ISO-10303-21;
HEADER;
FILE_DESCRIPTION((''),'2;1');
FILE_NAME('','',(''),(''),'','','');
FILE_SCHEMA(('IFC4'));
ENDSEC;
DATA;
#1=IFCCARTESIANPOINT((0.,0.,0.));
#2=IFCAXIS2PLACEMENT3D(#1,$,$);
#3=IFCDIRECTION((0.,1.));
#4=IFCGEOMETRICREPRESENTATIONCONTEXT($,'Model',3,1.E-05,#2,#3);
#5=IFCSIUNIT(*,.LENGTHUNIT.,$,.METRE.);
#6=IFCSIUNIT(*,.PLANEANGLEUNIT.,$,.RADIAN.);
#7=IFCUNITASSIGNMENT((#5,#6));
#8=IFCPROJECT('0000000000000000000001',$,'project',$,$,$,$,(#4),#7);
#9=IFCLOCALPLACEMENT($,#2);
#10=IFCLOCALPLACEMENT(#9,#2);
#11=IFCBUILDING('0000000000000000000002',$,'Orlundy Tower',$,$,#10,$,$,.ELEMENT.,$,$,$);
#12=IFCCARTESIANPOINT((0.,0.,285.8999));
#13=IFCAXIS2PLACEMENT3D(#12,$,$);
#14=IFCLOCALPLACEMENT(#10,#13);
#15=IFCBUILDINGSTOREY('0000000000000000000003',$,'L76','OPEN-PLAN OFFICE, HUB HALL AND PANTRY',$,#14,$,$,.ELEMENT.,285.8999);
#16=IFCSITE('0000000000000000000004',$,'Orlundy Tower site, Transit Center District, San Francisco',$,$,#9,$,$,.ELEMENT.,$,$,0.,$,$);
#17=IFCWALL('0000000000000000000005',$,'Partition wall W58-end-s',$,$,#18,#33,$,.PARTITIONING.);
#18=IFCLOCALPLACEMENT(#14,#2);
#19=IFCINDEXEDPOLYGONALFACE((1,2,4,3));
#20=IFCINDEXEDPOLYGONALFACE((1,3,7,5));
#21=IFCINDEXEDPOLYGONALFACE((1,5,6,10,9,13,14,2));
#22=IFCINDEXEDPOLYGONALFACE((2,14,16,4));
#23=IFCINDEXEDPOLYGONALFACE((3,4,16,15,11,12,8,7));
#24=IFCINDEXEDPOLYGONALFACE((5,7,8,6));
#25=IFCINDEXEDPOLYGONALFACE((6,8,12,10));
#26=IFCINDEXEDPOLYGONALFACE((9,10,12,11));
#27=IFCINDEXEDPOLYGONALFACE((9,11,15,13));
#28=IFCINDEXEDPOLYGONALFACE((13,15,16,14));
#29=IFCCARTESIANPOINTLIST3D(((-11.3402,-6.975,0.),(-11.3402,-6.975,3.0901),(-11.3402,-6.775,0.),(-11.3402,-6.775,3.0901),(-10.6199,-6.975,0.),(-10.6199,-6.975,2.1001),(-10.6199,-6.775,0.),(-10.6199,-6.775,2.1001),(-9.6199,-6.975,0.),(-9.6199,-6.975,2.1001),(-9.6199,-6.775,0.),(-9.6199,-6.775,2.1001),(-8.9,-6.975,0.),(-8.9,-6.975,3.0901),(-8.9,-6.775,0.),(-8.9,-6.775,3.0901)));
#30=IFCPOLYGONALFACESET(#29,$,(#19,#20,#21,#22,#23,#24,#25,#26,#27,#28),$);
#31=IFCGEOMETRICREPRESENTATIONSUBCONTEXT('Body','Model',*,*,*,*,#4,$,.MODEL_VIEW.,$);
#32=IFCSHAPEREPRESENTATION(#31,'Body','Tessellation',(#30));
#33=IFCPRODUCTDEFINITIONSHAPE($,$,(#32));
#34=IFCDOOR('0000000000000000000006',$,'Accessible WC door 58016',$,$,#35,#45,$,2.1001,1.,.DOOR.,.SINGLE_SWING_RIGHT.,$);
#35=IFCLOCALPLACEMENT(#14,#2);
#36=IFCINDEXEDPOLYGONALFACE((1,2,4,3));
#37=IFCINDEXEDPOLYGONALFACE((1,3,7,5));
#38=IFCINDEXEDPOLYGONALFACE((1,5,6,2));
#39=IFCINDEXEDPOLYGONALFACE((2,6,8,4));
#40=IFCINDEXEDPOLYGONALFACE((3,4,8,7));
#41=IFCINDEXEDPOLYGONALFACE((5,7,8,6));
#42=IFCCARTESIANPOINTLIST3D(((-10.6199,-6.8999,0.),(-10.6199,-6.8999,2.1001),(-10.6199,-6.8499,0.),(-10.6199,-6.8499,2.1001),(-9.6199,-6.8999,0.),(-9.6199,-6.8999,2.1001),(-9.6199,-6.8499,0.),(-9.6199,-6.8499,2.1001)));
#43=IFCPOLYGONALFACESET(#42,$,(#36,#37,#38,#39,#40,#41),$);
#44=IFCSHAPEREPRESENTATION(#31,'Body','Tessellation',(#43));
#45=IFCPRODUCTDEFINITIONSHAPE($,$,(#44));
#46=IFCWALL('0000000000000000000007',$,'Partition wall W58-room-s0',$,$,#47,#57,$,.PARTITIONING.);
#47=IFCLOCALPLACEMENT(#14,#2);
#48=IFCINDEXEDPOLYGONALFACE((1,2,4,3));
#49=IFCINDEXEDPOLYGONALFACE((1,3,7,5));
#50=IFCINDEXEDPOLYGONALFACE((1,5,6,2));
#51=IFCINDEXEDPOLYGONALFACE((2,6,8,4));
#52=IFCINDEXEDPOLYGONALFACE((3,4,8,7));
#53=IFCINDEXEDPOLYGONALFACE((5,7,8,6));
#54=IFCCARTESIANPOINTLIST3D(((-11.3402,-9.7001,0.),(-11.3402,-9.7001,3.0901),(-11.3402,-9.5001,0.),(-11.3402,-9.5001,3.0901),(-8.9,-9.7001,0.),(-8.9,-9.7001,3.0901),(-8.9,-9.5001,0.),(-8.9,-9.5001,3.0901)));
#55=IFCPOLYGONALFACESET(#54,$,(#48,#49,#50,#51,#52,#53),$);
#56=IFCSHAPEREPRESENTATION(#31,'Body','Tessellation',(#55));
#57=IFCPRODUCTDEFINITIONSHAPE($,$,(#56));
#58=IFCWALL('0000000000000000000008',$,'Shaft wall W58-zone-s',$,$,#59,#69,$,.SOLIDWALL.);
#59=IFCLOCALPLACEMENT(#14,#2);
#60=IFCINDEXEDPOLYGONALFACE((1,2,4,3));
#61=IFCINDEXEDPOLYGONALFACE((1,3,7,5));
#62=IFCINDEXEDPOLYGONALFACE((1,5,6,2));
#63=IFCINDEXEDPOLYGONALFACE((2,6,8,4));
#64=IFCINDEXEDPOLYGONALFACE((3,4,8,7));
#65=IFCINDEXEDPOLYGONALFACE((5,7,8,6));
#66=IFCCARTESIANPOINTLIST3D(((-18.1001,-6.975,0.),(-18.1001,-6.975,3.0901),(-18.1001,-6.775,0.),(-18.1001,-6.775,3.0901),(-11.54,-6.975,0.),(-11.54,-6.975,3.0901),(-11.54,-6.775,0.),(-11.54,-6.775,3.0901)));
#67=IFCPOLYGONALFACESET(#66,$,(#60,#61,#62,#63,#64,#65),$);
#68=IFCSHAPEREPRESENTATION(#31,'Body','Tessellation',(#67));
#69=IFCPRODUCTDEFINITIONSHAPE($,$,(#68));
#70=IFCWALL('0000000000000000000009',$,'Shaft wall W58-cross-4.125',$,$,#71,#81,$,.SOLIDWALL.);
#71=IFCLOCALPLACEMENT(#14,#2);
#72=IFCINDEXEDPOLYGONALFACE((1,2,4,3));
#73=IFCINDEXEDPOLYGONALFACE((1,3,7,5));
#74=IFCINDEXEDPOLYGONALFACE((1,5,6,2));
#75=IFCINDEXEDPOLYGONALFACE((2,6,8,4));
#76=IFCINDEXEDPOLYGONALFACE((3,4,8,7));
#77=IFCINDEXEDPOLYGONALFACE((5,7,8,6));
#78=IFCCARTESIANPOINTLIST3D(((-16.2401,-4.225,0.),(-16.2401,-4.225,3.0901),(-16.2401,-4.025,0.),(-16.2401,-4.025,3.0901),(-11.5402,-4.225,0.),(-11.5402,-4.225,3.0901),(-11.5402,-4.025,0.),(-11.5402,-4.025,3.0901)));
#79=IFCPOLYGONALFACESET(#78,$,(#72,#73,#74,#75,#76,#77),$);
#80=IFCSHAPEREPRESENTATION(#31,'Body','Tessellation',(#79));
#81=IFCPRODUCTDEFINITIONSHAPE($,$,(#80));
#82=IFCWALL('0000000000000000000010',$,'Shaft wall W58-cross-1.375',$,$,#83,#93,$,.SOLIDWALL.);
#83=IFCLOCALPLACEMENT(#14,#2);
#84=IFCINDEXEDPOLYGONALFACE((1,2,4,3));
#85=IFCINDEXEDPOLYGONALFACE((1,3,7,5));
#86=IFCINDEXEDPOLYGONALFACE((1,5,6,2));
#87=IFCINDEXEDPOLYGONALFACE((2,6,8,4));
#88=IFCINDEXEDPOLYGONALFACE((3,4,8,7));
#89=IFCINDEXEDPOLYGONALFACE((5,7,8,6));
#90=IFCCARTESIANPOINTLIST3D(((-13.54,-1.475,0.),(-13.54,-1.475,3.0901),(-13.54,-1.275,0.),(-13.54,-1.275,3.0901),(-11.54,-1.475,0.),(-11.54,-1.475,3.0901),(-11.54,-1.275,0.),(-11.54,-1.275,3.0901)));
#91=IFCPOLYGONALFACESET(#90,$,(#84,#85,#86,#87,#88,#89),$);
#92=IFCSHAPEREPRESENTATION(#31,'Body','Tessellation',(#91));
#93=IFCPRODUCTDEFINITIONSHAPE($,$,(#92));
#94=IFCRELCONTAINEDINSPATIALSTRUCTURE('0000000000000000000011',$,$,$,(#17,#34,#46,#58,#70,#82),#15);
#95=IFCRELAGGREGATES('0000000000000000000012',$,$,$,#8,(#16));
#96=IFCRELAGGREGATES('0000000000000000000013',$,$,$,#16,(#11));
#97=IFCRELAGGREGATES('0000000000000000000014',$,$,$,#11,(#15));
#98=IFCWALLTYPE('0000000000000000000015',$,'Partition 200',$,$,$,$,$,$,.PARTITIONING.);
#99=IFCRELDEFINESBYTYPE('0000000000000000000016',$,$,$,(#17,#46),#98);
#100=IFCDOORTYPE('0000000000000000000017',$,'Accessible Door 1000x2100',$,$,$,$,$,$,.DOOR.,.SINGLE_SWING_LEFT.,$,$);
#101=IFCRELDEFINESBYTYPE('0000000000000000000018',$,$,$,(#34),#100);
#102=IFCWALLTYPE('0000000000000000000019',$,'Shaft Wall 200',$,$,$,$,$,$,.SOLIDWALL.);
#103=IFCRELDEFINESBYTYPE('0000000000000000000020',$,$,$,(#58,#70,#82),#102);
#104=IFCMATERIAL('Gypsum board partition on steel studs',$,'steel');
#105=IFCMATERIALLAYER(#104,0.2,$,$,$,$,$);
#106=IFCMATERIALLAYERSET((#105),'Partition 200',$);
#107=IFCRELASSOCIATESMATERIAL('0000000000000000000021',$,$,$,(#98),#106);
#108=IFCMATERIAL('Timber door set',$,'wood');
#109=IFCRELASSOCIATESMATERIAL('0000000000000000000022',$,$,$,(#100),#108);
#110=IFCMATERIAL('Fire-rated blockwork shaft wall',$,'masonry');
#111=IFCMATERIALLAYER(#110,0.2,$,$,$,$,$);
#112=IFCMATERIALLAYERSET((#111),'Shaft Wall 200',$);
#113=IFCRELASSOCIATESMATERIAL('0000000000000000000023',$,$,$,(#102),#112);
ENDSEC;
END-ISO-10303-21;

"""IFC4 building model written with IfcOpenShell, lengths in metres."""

from ifc_helpers import new_model, si_unit, direction, frame, frame_2d, origin, place, context, subcontext, project, spatial, rectangle, extrude, material, layer, layer_set, type_object, element, fill, save


model = new_model("IFC4")

# Units and contexts
model_context = context("Model", 3, precision=1e-05, world=origin(), true_north=direction((0.0, 1.0)))
body_context = subcontext(model_context, "Body", "Model", "MODEL_VIEW")
ifc_project = project(units=[si_unit("LENGTHUNIT", "METRE"), si_unit("PLANEANGLEUNIT", "RADIAN")], contexts=[model_context])

# Site, building, storey
site_placement = place(None, origin())
site = spatial("IfcSite", under=ifc_project, at=site_placement, Name="Orlundy Tower site, Transit Center District, San Francisco", CompositionType="ELEMENT", RefElevation=0.0)
building_placement = place(site_placement, origin())
building = spatial("IfcBuilding", under=site, at=building_placement, Name="Orlundy Tower", CompositionType="ELEMENT")
storey_placement = place(building_placement, frame((0.0, 0.0, 285.8999)))
storey = spatial("IfcBuildingStorey", under=building, at=storey_placement, Name="L76", Description="OPEN-PLAN OFFICE, HUB HALL AND PANTRY", CompositionType="ELEMENT", Elevation=285.8999)

# Wall, opening, door
ifc_material_1 = material(Name="Gypsum board partition on steel studs", Category="steel")
ifc_layer_1 = layer(ifc_material_1, 0.2)
ifc_layer_set_1 = layer_set([ifc_layer_1], Name="Partition 200")
wall_type_1 = type_object("IfcWallType", Name="Partition 200", PredefinedType="PARTITIONING", material=ifc_layer_set_1)
wall_1_placement = place(storey_placement, frame((-8.8999, -6.875, 0.0), z_axis=(0.0, 0.0, 1.0), x_axis=(-1.0, 0.0, 0.0)))
wall_1 = element("IfcWall", 1, at=wall_1_placement, inside=storey, type_object=wall_type_1, Name="Partition wall W58-end-s", PredefinedType="PARTITIONING", context=body_context, shape_type="SweptSolid", body=[
    extrude(rectangle(XDim=2.4402, YDim=0.2, at=frame_2d((1.2202, 0.0))), origin(), (0.0, 0.0, 1.0), 3.0901),
])
opening_1_placement = place(wall_1_placement, frame((0.72, 0.0, 0.0)))
opening_1 = element("IfcOpeningElement", 2, at=opening_1_placement, cuts=wall_1, PredefinedType="OPENING", context=body_context, shape_type="SweptSolid", body=[
    extrude(rectangle(XDim=1.0, YDim=2.1001, at=frame_2d((0.5, 1.05))), frame((0.0, 0.1101, 0.0), z_axis=(0.0, -1.0, 0.0), x_axis=(1.0, 0.0, 0.0)), (0.0, 0.0, 1.0), 0.2202),
])
ifc_material_2 = material(Name="Timber door set", Category="wood")
door_type_1 = type_object("IfcDoorType", Name="Accessible Door 1000x2100", OperationType="SINGLE_SWING_LEFT", PredefinedType="DOOR", material=ifc_material_2)
door_1_placement = place(opening_1_placement, origin())
door_1 = element("IfcDoor", 3, at=door_1_placement, inside=storey, type_object=door_type_1, Name="Accessible WC door 58016", OperationType="SINGLE_SWING_RIGHT", OverallHeight=2.1001, OverallWidth=1.0, PredefinedType="DOOR", context=body_context, shape_type="SweptSolid", body=[
    extrude(rectangle(XDim=1.0, YDim=2.1001, at=frame_2d((0.5, 1.05))), frame((0.0, 0.0249, 0.0), z_axis=(0.0, -1.0, 0.0), x_axis=(1.0, 0.0, 0.0)), (0.0, 0.0, 1.0), 0.05),
])
fill(opening_1, door_1)

# Walls
wall_2_placement = place(storey_placement, frame((-8.8999, -9.6001, 0.0), z_axis=(0.0, 0.0, 1.0), x_axis=(-1.0, 0.0, 0.0)))
element("IfcWall", 4, at=wall_2_placement, inside=storey, type_object=wall_type_1, Name="Partition wall W58-room-s0", PredefinedType="PARTITIONING", context=body_context, shape_type="SweptSolid", body=[
    extrude(rectangle(XDim=2.4402, YDim=0.2, at=frame_2d((1.2202, 0.0))), origin(), (0.0, 0.0, 1.0), 3.0901),
])
ifc_material_3 = material(Name="Fire-rated blockwork shaft wall", Category="masonry")
ifc_layer_2 = layer(ifc_material_3, 0.2)
ifc_layer_set_2 = layer_set([ifc_layer_2], Name="Shaft Wall 200")
wall_type_2 = type_object("IfcWallType", Name="Shaft Wall 200", PredefinedType="SOLIDWALL", material=ifc_layer_set_2)
wall_3_placement = place(storey_placement, frame((-11.54, -6.875, 0.0), z_axis=(0.0, 0.0, 1.0), x_axis=(-1.0, 0.0, 0.0)))
element("IfcWall", 5, at=wall_3_placement, inside=storey, type_object=wall_type_2, Name="Shaft wall W58-zone-s", PredefinedType="SOLIDWALL", context=body_context, shape_type="SweptSolid", body=[
    extrude(rectangle(XDim=6.5601, YDim=0.2, at=frame_2d((3.28, 0.0))), origin(), (0.0, 0.0, 1.0), 3.0901),
])
wall_4_placement = place(storey_placement, frame((-11.54, -4.125, 0.0), z_axis=(0.0, 0.0, 1.0), x_axis=(-1.0, 0.0, 0.0)))
element("IfcWall", 6, at=wall_4_placement, inside=storey, type_object=wall_type_2, Name="Shaft wall W58-cross-4.125", PredefinedType="SOLIDWALL", context=body_context, shape_type="SweptSolid", body=[
    extrude(rectangle(XDim=4.7, YDim=0.2, at=frame_2d((2.3501, 0.0))), origin(), (0.0, 0.0, 1.0), 3.0901),
])
wall_5_placement = place(storey_placement, frame((-11.54, -1.375, 0.0), z_axis=(0.0, 0.0, 1.0), x_axis=(-1.0, 0.0, 0.0)))
element("IfcWall", 7, at=wall_5_placement, inside=storey, type_object=wall_type_2, Name="Shaft wall W58-cross-1.375", PredefinedType="SOLIDWALL", context=body_context, shape_type="SweptSolid", body=[
    extrude(rectangle(XDim=2.0, YDim=0.2, at=frame_2d((1.0, 0.0))), origin(), (0.0, 0.0, 1.0), 3.0901),
])

save(model, "model.ifc")
